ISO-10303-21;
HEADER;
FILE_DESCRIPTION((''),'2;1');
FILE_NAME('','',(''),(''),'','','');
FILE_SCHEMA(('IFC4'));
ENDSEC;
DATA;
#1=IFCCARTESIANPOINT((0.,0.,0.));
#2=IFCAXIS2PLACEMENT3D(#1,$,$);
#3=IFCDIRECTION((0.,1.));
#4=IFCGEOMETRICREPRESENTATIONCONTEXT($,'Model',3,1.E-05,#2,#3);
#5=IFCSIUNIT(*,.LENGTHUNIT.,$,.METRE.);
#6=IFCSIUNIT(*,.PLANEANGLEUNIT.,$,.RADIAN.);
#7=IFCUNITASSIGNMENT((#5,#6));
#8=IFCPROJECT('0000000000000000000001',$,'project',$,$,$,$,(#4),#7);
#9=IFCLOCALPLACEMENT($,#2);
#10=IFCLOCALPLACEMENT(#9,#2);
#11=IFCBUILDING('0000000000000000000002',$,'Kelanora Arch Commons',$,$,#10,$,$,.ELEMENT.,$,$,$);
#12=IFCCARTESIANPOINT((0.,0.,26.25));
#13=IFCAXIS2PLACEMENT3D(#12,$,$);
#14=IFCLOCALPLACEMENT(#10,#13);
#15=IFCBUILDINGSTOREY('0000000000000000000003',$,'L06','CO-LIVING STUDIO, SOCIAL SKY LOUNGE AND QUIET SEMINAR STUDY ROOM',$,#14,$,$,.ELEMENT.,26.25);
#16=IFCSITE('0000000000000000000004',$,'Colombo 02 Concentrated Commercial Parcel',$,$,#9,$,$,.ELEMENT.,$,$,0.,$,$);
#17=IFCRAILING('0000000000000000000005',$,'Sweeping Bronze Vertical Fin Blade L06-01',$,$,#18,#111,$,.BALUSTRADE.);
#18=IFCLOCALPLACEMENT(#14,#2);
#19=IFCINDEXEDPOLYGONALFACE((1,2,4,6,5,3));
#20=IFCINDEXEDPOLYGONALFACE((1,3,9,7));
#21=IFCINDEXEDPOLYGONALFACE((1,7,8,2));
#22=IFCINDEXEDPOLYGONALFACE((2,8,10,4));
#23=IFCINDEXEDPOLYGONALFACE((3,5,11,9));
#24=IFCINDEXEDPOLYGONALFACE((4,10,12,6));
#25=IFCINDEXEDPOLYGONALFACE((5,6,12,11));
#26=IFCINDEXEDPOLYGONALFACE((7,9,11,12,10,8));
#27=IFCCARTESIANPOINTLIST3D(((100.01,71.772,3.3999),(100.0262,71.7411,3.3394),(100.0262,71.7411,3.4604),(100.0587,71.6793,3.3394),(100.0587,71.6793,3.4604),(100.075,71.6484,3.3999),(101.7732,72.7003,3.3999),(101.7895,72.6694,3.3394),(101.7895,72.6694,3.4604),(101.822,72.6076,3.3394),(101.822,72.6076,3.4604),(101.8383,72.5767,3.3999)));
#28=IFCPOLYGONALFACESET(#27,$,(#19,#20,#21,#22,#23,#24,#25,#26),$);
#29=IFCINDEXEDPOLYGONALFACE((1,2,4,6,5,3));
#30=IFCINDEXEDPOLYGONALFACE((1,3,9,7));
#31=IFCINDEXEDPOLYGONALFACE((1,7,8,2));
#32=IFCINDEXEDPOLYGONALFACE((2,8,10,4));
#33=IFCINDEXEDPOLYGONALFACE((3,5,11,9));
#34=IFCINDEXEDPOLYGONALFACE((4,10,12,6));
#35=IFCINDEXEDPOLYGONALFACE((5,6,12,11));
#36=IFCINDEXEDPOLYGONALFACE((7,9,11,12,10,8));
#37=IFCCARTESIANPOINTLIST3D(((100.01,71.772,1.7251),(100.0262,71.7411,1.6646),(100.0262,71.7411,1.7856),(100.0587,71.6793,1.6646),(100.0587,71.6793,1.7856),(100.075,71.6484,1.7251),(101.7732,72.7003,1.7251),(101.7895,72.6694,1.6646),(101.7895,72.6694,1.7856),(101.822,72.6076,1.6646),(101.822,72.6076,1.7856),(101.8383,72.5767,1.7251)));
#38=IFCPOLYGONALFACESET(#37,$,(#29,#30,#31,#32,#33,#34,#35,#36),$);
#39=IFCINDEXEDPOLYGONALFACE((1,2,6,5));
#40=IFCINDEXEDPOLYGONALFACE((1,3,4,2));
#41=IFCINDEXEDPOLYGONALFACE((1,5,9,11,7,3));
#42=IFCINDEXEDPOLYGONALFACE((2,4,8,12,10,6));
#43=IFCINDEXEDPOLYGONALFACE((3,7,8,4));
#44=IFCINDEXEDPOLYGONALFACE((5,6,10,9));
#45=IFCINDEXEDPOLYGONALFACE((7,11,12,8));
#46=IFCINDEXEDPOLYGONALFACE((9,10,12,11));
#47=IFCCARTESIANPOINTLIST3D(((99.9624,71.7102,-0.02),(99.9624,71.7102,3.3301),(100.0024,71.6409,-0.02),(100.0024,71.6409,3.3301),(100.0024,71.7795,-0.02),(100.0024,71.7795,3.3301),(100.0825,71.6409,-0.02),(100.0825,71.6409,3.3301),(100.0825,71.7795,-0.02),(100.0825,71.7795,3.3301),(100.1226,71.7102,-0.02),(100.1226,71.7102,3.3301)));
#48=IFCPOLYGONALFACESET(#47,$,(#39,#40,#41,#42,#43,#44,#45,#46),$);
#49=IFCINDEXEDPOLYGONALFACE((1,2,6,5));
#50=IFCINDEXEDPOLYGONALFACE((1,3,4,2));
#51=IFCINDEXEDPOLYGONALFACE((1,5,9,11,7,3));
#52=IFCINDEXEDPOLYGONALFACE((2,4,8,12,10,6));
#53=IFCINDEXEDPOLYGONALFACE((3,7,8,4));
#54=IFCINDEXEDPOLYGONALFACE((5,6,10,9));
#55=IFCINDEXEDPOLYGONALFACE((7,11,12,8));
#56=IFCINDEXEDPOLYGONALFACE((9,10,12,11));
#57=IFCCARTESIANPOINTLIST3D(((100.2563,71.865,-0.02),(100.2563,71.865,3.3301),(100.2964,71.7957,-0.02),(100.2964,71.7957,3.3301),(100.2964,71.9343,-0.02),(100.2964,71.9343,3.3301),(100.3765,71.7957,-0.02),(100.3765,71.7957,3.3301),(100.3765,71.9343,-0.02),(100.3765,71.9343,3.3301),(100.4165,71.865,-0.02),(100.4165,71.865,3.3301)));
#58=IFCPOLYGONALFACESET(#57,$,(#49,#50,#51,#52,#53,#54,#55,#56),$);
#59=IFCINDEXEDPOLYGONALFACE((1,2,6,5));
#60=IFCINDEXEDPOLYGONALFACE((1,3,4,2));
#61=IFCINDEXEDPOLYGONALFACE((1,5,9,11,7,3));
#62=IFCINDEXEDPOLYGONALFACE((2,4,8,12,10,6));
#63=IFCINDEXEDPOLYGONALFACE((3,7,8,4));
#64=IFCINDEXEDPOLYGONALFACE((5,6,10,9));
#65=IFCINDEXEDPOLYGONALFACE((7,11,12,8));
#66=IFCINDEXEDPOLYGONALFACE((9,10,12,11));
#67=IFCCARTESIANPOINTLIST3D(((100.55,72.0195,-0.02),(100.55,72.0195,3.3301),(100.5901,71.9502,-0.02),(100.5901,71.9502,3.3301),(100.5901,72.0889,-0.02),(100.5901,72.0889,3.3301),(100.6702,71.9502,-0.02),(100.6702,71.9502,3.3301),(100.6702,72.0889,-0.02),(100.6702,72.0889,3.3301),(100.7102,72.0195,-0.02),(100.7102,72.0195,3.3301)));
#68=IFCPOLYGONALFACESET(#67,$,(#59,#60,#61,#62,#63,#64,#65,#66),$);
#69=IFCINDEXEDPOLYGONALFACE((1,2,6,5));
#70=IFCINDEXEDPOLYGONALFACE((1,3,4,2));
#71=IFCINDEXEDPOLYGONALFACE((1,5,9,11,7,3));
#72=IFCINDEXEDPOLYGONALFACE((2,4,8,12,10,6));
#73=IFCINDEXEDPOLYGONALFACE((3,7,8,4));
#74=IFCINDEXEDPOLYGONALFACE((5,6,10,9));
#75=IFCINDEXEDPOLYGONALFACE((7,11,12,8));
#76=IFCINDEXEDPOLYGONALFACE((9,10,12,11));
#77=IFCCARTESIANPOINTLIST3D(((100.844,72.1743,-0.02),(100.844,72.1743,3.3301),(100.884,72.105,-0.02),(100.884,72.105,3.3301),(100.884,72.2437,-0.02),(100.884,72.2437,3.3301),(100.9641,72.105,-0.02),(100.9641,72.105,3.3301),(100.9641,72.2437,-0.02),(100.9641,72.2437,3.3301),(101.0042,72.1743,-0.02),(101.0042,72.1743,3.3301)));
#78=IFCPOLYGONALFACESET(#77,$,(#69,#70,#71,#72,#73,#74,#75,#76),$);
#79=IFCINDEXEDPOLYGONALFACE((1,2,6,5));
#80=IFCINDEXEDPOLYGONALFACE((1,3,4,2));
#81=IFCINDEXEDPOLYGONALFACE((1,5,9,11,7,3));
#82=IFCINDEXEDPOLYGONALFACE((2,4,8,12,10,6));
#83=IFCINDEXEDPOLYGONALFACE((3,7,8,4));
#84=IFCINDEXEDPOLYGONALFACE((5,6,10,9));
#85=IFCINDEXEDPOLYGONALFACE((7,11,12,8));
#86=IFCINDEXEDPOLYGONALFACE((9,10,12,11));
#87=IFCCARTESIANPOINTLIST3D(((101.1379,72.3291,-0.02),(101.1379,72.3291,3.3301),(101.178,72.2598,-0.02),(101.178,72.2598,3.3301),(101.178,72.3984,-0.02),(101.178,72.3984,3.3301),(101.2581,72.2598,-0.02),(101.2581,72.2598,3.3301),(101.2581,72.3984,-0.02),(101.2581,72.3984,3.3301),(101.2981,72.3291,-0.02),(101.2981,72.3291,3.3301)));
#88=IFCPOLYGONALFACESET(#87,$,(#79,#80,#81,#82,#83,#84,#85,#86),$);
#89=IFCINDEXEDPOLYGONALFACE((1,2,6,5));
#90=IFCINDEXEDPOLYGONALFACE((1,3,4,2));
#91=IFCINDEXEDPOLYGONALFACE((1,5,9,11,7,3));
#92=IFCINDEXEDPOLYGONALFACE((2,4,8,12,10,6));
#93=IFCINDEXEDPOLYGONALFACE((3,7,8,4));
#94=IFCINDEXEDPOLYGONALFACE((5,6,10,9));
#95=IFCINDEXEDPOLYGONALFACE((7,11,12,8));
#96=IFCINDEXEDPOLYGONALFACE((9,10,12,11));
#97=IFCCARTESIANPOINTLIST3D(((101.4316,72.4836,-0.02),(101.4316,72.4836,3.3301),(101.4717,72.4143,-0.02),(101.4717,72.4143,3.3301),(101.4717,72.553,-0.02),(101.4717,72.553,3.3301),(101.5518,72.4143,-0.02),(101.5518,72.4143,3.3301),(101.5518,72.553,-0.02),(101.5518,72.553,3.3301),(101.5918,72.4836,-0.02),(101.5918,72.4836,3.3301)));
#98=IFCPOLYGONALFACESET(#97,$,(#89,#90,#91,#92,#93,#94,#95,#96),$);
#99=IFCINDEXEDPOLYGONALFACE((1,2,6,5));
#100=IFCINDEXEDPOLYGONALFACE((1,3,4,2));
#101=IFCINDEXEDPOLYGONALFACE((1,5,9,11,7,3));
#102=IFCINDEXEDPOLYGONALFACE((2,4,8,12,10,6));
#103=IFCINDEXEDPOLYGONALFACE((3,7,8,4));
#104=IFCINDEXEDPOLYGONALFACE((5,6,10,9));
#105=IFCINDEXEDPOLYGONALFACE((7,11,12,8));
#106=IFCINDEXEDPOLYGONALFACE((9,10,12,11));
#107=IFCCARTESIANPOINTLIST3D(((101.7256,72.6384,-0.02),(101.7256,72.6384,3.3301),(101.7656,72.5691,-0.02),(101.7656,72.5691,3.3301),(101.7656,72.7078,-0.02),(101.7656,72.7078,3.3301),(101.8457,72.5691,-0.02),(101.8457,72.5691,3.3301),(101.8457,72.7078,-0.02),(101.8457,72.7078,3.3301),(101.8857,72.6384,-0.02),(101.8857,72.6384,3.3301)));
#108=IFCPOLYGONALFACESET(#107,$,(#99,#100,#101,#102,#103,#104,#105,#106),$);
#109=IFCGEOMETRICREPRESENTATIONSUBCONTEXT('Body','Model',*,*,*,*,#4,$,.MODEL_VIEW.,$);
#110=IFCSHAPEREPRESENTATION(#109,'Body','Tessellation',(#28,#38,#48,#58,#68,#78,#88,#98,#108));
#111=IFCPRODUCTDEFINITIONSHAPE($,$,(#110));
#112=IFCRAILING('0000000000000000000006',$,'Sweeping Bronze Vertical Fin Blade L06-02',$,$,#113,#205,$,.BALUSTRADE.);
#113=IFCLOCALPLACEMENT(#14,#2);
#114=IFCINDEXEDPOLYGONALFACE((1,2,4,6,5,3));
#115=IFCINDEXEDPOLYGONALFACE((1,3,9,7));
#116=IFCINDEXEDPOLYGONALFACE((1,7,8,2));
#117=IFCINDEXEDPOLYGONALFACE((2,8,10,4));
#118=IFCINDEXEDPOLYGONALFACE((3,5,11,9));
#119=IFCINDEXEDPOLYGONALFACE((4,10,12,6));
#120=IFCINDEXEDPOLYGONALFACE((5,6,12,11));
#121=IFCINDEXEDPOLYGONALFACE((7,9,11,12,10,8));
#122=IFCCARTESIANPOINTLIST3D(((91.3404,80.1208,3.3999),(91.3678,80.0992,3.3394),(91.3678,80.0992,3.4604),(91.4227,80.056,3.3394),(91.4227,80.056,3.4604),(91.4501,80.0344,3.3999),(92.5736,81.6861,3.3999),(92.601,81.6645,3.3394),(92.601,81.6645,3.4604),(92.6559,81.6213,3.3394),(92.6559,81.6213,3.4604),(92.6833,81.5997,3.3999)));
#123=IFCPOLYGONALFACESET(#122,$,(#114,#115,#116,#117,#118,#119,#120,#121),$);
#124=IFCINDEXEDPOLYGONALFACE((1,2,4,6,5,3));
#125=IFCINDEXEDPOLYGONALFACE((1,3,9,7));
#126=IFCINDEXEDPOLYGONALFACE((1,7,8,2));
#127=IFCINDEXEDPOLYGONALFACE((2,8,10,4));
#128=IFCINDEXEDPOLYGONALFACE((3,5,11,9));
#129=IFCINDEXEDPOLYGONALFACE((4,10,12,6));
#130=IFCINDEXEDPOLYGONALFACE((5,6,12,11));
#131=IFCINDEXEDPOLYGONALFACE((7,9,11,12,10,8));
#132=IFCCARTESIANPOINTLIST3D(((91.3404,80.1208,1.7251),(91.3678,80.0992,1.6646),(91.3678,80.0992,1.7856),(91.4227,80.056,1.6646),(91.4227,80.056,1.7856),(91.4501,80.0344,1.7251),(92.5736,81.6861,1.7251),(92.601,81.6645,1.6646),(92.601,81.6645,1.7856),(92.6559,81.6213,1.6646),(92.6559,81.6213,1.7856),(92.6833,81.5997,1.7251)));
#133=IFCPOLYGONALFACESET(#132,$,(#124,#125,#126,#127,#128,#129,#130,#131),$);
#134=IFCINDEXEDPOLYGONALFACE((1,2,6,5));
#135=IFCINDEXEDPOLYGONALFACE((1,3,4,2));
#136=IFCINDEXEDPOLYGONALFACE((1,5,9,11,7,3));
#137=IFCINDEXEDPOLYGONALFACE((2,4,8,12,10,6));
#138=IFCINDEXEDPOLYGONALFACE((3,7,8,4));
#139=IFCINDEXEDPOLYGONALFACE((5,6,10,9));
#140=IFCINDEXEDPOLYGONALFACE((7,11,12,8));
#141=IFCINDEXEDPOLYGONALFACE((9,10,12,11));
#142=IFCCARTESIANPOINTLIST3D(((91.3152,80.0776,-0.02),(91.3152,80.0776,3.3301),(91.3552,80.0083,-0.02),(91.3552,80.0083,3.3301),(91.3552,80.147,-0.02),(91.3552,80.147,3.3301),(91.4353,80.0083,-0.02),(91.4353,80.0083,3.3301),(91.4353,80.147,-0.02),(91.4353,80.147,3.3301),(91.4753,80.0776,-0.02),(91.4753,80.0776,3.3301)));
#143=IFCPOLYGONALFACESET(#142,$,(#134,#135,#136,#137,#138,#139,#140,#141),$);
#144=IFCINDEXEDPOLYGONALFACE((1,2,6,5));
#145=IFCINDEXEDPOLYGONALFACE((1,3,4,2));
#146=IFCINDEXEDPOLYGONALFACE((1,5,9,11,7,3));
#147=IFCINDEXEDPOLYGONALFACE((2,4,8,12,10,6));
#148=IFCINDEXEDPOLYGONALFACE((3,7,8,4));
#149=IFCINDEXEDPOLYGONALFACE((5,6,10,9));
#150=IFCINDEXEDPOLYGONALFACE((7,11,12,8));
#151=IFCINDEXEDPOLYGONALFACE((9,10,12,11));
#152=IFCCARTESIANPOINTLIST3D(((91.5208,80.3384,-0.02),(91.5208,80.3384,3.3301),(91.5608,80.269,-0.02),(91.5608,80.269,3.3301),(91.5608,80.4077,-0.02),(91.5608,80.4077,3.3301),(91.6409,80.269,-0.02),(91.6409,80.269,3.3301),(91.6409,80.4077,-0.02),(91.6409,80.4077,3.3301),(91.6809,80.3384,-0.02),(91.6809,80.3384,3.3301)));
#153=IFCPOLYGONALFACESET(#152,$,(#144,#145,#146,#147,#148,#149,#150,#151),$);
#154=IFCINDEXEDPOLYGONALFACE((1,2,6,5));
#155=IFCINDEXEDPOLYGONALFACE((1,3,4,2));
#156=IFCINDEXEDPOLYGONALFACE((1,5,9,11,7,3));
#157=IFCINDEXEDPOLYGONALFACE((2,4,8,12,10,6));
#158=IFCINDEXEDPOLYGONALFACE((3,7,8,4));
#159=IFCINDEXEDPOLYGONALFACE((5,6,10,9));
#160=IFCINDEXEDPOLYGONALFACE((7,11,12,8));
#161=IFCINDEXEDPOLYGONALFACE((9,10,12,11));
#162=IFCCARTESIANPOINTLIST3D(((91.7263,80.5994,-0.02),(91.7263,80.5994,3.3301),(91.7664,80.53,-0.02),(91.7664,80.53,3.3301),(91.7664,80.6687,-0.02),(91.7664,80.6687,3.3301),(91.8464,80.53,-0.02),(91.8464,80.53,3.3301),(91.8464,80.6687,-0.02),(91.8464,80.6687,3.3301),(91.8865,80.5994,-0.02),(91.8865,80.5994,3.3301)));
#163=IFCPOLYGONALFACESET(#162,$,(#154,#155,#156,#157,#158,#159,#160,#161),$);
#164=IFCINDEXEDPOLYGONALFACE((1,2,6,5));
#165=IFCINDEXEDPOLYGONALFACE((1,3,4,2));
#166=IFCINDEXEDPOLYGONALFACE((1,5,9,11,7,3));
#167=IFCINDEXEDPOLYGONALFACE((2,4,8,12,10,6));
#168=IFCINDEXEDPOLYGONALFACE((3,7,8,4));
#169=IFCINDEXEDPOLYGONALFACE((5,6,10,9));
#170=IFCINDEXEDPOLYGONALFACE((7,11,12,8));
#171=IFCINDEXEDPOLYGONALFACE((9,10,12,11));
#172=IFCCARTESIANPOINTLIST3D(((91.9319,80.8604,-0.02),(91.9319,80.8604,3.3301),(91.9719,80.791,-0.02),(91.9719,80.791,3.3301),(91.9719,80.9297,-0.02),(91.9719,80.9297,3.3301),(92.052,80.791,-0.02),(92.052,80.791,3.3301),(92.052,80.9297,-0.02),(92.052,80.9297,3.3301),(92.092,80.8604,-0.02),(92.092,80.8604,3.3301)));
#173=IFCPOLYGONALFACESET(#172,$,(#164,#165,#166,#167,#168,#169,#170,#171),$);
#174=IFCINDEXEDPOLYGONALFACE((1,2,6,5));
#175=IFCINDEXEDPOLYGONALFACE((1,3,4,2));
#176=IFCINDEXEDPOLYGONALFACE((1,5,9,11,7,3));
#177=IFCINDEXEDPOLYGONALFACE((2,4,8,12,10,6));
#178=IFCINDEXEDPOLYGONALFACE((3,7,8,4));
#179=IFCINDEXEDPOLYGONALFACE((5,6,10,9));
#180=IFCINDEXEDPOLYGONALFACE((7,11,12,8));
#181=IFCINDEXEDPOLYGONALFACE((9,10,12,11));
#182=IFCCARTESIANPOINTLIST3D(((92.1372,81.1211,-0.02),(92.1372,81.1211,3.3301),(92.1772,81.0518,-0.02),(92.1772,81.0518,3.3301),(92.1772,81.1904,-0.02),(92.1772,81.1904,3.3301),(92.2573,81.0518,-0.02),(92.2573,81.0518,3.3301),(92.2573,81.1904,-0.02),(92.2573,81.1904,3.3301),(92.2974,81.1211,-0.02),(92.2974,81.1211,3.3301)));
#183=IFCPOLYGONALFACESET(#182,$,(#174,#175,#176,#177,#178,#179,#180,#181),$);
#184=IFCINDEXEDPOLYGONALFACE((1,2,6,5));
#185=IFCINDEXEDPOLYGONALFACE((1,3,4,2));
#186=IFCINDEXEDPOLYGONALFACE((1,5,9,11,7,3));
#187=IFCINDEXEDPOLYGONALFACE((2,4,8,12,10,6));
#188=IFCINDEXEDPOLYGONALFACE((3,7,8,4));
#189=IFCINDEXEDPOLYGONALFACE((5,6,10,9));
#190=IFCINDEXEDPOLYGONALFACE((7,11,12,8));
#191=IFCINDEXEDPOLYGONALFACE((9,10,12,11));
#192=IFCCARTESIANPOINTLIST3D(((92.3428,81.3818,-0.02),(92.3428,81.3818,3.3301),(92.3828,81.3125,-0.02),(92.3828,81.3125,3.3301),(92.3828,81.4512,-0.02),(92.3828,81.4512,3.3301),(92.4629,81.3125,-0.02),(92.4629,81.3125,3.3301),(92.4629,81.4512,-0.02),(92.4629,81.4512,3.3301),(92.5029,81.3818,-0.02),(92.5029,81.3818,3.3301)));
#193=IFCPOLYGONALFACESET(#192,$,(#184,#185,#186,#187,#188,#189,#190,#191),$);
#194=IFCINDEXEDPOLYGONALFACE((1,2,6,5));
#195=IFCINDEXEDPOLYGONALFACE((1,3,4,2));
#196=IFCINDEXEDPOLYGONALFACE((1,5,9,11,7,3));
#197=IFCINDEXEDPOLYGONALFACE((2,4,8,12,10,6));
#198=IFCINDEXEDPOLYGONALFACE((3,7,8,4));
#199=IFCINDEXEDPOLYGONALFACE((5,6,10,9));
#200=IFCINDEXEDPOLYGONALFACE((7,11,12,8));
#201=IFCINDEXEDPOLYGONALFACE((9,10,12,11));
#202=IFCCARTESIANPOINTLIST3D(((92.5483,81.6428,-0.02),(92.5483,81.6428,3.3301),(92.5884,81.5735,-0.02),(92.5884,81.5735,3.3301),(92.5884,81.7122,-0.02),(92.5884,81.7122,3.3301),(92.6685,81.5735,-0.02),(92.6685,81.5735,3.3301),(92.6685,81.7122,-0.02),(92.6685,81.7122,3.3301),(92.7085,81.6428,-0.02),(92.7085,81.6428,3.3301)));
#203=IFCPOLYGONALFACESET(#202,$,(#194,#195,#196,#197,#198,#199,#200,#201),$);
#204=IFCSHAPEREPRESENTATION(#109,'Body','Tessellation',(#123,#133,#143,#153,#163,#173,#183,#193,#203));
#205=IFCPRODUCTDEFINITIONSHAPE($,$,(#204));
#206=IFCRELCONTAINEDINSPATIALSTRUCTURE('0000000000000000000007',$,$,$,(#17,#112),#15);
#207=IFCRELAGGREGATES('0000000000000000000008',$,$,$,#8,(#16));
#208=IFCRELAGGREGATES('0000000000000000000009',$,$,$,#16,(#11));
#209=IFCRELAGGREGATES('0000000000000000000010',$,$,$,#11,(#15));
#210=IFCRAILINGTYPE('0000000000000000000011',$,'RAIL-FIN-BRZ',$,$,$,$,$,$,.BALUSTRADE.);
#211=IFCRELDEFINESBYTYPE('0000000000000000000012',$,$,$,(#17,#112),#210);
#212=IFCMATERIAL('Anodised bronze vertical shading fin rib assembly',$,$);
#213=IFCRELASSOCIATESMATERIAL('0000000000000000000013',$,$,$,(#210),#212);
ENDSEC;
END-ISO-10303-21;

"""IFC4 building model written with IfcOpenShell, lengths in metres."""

from ifc_helpers import new_model, si_unit, direction, frame, origin, place, context, subcontext, project, spatial, polyline, outline, extrude, material, type_object, element, save


model = new_model("IFC4")

# Units and contexts
model_context = context("Model", 3, precision=1e-05, world=origin(), true_north=direction((0.0, 1.0)))
body_context = subcontext(model_context, "Body", "Model", "MODEL_VIEW")
ifc_project = project(units=[si_unit("LENGTHUNIT", "METRE"), si_unit("PLANEANGLEUNIT", "RADIAN")], contexts=[model_context])

# Site, building, storey
site_placement = place(None, origin())
site = spatial("IfcSite", under=ifc_project, at=site_placement, Name="Colombo 02 Concentrated Commercial Parcel", CompositionType="ELEMENT", RefElevation=0.0)
building_placement = place(site_placement, origin())
building = spatial("IfcBuilding", under=site, at=building_placement, Name="Kelanora Arch Commons", CompositionType="ELEMENT")
storey_placement = place(building_placement, frame((0.0, 0.0, 26.25)))
storey = spatial("IfcBuildingStorey", under=building, at=storey_placement, Name="L06", Description="CO-LIVING STUDIO, SOCIAL SKY LOUNGE AND QUIET SEMINAR STUDY ROOM", CompositionType="ELEMENT", Elevation=26.25)

# Railings
ifc_material_1 = material(Name="Anodised bronze vertical shading fin rib assembly")
railing_type = type_object("IfcRailingType", Name="RAIL-FIN-BRZ", PredefinedType="BALUSTRADE", material=ifc_material_1)
railing_1_placement = place(storey_placement, frame((100.0425, 71.7102, -0.02)))
element("IfcRailing", 1, at=railing_1_placement, inside=storey, type_object=railing_type, Name="Sweeping Bronze Vertical Fin Blade L06-01", PredefinedType="BALUSTRADE", context=body_context, shape_type="SweptSolid", body=[
    extrude(outline(polyline([(0.0698, 0.0), (0.0349, 0.0605), (-0.0349, 0.0605), (-0.0698, 0.0), (-0.0349, -0.0605), (0.0349, -0.0605), (0.0698, 0.0)])), frame((0.0, 0.0, 3.4199), z_axis=(0.88487, 0.465837, 0.0), x_axis=(-0.465837, 0.88487, 0.0)), (0.0, 0.0, 1.0), 1.9927),
    extrude(outline(polyline([(0.0698, 0.0), (0.0349, 0.0605), (-0.0349, 0.0605), (-0.0698, 0.0), (-0.0349, -0.0605), (0.0349, -0.0605), (0.0698, 0.0)])), frame((0.0, 0.0, 1.7451), z_axis=(0.88487, 0.465837, 0.0), x_axis=(-0.465837, 0.88487, 0.0)), (0.0, 0.0, 1.0), 1.9927),
    extrude(outline(polyline([(0.0801, 0.0), (0.04, 0.0693), (-0.04, 0.0693), (-0.0801, 0.0), (-0.04, -0.0693), (0.04, -0.0693), (0.0801, 0.0)])), origin(), (0.0, 0.0, 1.0), 3.3501),
    extrude(outline(polyline([(0.0801, 0.0), (0.04, 0.0693), (-0.04, 0.0693), (-0.0801, 0.0), (-0.04, -0.0693), (0.04, -0.0693), (0.0801, 0.0)])), frame((0.2939, 0.1548, 0.0)), (0.0, 0.0, 1.0), 3.3501),
    extrude(outline(polyline([(0.0801, 0.0), (0.04, 0.0693), (-0.04, 0.0693), (-0.0801, 0.0), (-0.04, -0.0693), (0.04, -0.0693), (0.0801, 0.0)])), frame((0.5876, 0.3093, 0.0)), (0.0, 0.0, 1.0), 3.3501),
    extrude(outline(polyline([(0.0801, 0.0), (0.04, 0.0693), (-0.04, 0.0693), (-0.0801, 0.0), (-0.04, -0.0693), (0.04, -0.0693), (0.0801, 0.0)])), frame((0.8816, 0.4641, 0.0)), (0.0, 0.0, 1.0), 3.3501),
    extrude(outline(polyline([(0.0801, 0.0), (0.04, 0.0693), (-0.04, 0.0693), (-0.0801, 0.0), (-0.04, -0.0693), (0.04, -0.0693), (0.0801, 0.0)])), frame((1.1755, 0.6189, 0.0)), (0.0, 0.0, 1.0), 3.3501),
    extrude(outline(polyline([(0.0801, 0.0), (0.04, 0.0693), (-0.04, 0.0693), (-0.0801, 0.0), (-0.04, -0.0693), (0.04, -0.0693), (0.0801, 0.0)])), frame((1.4692, 0.7734, 0.0)), (0.0, 0.0, 1.0), 3.3501),
    extrude(outline(polyline([(0.0801, 0.0), (0.04, 0.0693), (-0.04, 0.0693), (-0.0801, 0.0), (-0.04, -0.0693), (0.04, -0.0693), (0.0801, 0.0)])), frame((1.7632, 0.9282, 0.0)), (0.0, 0.0, 1.0), 3.3501),
])
railing_2_placement = place(storey_placement, frame((91.3953, 80.0776, -0.02)))
element("IfcRailing", 2, at=railing_2_placement, inside=storey, type_object=railing_type, Name="Sweeping Bronze Vertical Fin Blade L06-02", PredefinedType="BALUSTRADE", context=body_context, shape_type="SweptSolid", body=[
    extrude(outline(polyline([(0.0698, 0.0), (0.0349, 0.0605), (-0.0349, 0.0605), (-0.0698, 0.0), (-0.0349, -0.0605), (0.0349, -0.0605), (0.0698, 0.0)])), frame((0.0, 0.0, 3.4199), z_axis=(0.618865, 0.785497, 0.0), x_axis=(-0.785497, 0.618865, 0.0)), (0.0, 0.0, 1.0), 1.9927),
    extrude(outline(polyline([(0.0698, 0.0), (0.0349, 0.0605), (-0.0349, 0.0605), (-0.0698, 0.0), (-0.0349, -0.0605), (0.0349, -0.0605), (0.0698, 0.0)])), frame((0.0, 0.0, 1.7451), z_axis=(0.618865, 0.785497, 0.0), x_axis=(-0.785497, 0.618865, 0.0)), (0.0, 0.0, 1.0), 1.9927),
    extrude(outline(polyline([(0.0801, 0.0), (0.04, 0.0693), (-0.04, 0.0693), (-0.0801, 0.0), (-0.04, -0.0693), (0.04, -0.0693), (0.0801, 0.0)])), origin(), (0.0, 0.0, 1.0), 3.3501),
    extrude(outline(polyline([(0.0801, 0.0), (0.04, 0.0693), (-0.04, 0.0693), (-0.0801, 0.0), (-0.04, -0.0693), (0.04, -0.0693), (0.0801, 0.0)])), frame((0.2056, 0.2607, 0.0)), (0.0, 0.0, 1.0), 3.3501),
    extrude(outline(polyline([(0.0801, 0.0), (0.04, 0.0693), (-0.04, 0.0693), (-0.0801, 0.0), (-0.04, -0.0693), (0.04, -0.0693), (0.0801, 0.0)])), frame((0.4111, 0.5217, 0.0)), (0.0, 0.0, 1.0), 3.3501),
    extrude(outline(polyline([(0.0801, 0.0), (0.04, 0.0693), (-0.04, 0.0693), (-0.0801, 0.0), (-0.04, -0.0693), (0.04, -0.0693), (0.0801, 0.0)])), frame((0.6167, 0.7827, 0.0)), (0.0, 0.0, 1.0), 3.3501),
    extrude(outline(polyline([(0.0801, 0.0), (0.04, 0.0693), (-0.04, 0.0693), (-0.0801, 0.0), (-0.04, -0.0693), (0.04, -0.0693), (0.0801, 0.0)])), frame((0.822, 1.0435, 0.0)), (0.0, 0.0, 1.0), 3.3501),
    extrude(outline(polyline([(0.0801, 0.0), (0.04, 0.0693), (-0.04, 0.0693), (-0.0801, 0.0), (-0.04, -0.0693), (0.04, -0.0693), (0.0801, 0.0)])), frame((1.0276, 1.3042, 0.0)), (0.0, 0.0, 1.0), 3.3501),
    extrude(outline(polyline([(0.0801, 0.0), (0.04, 0.0693), (-0.04, 0.0693), (-0.0801, 0.0), (-0.04, -0.0693), (0.04, -0.0693), (0.0801, 0.0)])), frame((1.2332, 1.5652, 0.0)), (0.0, 0.0, 1.0), 3.3501),
])

save(model, "model.ifc")
